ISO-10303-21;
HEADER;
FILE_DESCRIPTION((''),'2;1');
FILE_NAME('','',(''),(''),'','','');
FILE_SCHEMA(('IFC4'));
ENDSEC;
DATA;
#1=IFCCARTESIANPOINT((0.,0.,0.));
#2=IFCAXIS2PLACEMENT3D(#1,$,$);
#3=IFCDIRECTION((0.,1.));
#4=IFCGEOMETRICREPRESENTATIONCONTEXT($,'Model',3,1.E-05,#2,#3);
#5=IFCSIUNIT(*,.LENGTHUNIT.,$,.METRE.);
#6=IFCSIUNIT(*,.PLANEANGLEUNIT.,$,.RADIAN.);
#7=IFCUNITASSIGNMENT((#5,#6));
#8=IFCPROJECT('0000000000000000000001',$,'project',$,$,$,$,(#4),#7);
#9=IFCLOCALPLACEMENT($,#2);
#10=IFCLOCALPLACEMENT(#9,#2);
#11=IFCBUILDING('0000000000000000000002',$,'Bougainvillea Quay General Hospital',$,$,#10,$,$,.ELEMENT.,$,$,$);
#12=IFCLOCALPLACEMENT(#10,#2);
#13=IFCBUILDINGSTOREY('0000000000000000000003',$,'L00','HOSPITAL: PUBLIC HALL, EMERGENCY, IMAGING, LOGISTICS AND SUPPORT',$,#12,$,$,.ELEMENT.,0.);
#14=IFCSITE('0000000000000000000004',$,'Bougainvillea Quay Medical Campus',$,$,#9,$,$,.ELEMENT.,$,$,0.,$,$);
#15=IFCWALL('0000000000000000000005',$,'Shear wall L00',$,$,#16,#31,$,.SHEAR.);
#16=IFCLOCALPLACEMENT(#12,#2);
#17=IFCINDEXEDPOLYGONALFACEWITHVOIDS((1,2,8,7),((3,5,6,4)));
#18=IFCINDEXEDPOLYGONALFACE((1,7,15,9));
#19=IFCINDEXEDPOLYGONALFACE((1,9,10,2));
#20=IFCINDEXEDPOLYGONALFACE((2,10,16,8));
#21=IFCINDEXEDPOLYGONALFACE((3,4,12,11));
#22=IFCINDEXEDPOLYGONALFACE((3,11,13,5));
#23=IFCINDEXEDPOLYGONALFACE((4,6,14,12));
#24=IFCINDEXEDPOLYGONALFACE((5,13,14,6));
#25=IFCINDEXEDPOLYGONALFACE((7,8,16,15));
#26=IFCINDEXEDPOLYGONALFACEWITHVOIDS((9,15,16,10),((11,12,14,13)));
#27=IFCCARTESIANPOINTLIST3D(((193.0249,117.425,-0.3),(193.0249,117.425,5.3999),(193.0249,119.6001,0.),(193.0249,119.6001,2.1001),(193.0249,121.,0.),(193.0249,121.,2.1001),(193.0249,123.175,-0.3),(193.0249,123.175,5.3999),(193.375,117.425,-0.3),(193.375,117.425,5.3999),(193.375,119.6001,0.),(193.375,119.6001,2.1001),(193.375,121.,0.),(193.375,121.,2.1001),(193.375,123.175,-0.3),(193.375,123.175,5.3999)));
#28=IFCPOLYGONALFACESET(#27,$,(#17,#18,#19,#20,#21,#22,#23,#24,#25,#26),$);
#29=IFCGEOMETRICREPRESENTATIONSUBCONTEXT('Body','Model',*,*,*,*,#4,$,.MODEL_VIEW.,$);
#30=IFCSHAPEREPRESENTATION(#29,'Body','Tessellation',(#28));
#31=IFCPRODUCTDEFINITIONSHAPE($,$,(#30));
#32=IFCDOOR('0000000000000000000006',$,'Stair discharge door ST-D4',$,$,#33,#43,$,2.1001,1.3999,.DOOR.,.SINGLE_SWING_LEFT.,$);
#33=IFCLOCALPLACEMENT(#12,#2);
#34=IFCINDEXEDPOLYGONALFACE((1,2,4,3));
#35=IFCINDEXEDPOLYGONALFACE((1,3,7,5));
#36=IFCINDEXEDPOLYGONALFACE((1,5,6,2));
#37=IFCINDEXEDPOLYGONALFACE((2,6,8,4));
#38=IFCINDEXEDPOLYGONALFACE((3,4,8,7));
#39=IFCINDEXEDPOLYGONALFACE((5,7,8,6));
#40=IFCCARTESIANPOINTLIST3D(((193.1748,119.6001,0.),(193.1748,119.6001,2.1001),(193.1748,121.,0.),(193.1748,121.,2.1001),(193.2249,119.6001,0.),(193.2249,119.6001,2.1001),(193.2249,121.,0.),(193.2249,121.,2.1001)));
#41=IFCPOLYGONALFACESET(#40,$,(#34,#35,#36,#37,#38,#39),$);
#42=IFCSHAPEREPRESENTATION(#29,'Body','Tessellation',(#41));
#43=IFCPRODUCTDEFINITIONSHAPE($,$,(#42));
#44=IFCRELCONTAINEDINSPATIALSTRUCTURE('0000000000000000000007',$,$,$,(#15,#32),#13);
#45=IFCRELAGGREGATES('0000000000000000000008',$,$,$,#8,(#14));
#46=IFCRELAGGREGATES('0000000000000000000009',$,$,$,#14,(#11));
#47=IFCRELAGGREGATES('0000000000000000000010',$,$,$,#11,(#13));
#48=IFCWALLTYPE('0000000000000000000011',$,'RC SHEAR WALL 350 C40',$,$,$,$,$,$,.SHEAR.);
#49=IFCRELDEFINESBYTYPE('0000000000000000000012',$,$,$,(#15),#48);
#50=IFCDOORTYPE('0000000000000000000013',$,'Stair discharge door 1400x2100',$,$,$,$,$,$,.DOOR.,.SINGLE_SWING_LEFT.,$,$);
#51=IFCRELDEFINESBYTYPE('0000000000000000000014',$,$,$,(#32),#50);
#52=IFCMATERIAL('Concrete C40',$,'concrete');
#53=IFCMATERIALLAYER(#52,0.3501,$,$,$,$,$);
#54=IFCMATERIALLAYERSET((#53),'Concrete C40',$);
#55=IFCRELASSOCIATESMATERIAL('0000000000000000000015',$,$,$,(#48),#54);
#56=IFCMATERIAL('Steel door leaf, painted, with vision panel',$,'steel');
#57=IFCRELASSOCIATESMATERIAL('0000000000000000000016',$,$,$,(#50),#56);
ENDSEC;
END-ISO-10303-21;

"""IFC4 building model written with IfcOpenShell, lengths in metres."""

from ifc_helpers import new_model, si_unit, direction, frame, frame_2d, origin, place, context, subcontext, project, spatial, rectangle, extrude, material, layer, layer_set, type_object, element, fill, save


model = new_model("IFC4")

# Units and contexts
model_context = context("Model", 3, precision=1e-05, world=origin(), true_north=direction((0.0, 1.0)))
body_context = subcontext(model_context, "Body", "Model", "MODEL_VIEW")
ifc_project = project(units=[si_unit("LENGTHUNIT", "METRE"), si_unit("PLANEANGLEUNIT", "RADIAN")], contexts=[model_context])

# Site, building, storey
site_placement = place(None, origin())
site = spatial("IfcSite", under=ifc_project, at=site_placement, Name="Bougainvillea Quay Medical Campus", CompositionType="ELEMENT", RefElevation=0.0)
building_placement = place(site_placement, origin())
building = spatial("IfcBuilding", under=site, at=building_placement, Name="Bougainvillea Quay General Hospital", CompositionType="ELEMENT")
storey_placement = place(building_placement, origin())
storey = spatial("IfcBuildingStorey", under=building, at=storey_placement, Name="L00", Description="HOSPITAL: PUBLIC HALL, EMERGENCY, IMAGING, LOGISTICS AND SUPPORT", CompositionType="ELEMENT", Elevation=0.0)

# Shared definitions
ifc_material_1 = material(Name="Concrete C40", Category="concrete")

# Wall, opening, door
ifc_layer_1 = layer(ifc_material_1, 0.3501)
ifc_layer_set_1 = layer_set([ifc_layer_1], Name="Concrete C40")
wall_type_1 = type_object("IfcWallType", Name="RC SHEAR WALL 350 C40", PredefinedType="SHEAR", material=ifc_layer_set_1)
wall_1_placement = place(storey_placement, frame((193.2, 117.425, -0.3), z_axis=(0.0, 0.0, 1.0), x_axis=(0.0, 1.0, 0.0)))
wall_1 = element("IfcWall", 1, at=wall_1_placement, inside=storey, type_object=wall_type_1, Name="Shear wall L00", PredefinedType="SHEAR", context=body_context, shape_type="SweptSolid", body=[
    extrude(rectangle(XDim=5.75, YDim=0.3501, at=frame_2d((2.875, 0.0))), origin(), (0.0, 0.0, 1.0), 5.7),
])
opening_1_placement = place(wall_1_placement, frame((2.175, 0.0, 0.3)))
opening_1 = element("IfcOpeningElement", 2, at=opening_1_placement, cuts=wall_1, PredefinedType="OPENING", context=body_context, shape_type="SweptSolid", body=[
    extrude(rectangle(XDim=1.3999, YDim=2.1001, at=frame_2d((0.7, 1.05))), frame((0.0, 0.1851, 0.0), z_axis=(0.0, -1.0, 0.0), x_axis=(1.0, 0.0, 0.0)), (0.0, 0.0, 1.0), 0.3701),
])
ifc_material_2 = material(Name="Steel door leaf, painted, with vision panel", Category="steel")
door_type_1 = type_object("IfcDoorType", Name="Stair discharge door 1400x2100", OperationType="SINGLE_SWING_LEFT", PredefinedType="DOOR", material=ifc_material_2)
door_1_placement = place(opening_1_placement, frame((1.3999, 0.0, 0.0), z_axis=(0.0, 0.0, 1.0), x_axis=(-1.0, 0.0, 0.0)))
door_1 = element("IfcDoor", 3, at=door_1_placement, inside=storey, type_object=door_type_1, Name="Stair discharge door ST-D4", OperationType="SINGLE_SWING_LEFT", OverallHeight=2.1001, OverallWidth=1.3999, PredefinedType="DOOR", context=body_context, shape_type="SweptSolid", body=[
    extrude(rectangle(XDim=1.3999, YDim=2.1001, at=frame_2d((0.7, 1.05))), frame((0.0, 0.0249, 0.0), z_axis=(0.0, -1.0, 0.0), x_axis=(1.0, 0.0, 0.0)), (0.0, 0.0, 1.0), 0.05),
])
fill(opening_1, door_1)

save(model, "model.ifc")
